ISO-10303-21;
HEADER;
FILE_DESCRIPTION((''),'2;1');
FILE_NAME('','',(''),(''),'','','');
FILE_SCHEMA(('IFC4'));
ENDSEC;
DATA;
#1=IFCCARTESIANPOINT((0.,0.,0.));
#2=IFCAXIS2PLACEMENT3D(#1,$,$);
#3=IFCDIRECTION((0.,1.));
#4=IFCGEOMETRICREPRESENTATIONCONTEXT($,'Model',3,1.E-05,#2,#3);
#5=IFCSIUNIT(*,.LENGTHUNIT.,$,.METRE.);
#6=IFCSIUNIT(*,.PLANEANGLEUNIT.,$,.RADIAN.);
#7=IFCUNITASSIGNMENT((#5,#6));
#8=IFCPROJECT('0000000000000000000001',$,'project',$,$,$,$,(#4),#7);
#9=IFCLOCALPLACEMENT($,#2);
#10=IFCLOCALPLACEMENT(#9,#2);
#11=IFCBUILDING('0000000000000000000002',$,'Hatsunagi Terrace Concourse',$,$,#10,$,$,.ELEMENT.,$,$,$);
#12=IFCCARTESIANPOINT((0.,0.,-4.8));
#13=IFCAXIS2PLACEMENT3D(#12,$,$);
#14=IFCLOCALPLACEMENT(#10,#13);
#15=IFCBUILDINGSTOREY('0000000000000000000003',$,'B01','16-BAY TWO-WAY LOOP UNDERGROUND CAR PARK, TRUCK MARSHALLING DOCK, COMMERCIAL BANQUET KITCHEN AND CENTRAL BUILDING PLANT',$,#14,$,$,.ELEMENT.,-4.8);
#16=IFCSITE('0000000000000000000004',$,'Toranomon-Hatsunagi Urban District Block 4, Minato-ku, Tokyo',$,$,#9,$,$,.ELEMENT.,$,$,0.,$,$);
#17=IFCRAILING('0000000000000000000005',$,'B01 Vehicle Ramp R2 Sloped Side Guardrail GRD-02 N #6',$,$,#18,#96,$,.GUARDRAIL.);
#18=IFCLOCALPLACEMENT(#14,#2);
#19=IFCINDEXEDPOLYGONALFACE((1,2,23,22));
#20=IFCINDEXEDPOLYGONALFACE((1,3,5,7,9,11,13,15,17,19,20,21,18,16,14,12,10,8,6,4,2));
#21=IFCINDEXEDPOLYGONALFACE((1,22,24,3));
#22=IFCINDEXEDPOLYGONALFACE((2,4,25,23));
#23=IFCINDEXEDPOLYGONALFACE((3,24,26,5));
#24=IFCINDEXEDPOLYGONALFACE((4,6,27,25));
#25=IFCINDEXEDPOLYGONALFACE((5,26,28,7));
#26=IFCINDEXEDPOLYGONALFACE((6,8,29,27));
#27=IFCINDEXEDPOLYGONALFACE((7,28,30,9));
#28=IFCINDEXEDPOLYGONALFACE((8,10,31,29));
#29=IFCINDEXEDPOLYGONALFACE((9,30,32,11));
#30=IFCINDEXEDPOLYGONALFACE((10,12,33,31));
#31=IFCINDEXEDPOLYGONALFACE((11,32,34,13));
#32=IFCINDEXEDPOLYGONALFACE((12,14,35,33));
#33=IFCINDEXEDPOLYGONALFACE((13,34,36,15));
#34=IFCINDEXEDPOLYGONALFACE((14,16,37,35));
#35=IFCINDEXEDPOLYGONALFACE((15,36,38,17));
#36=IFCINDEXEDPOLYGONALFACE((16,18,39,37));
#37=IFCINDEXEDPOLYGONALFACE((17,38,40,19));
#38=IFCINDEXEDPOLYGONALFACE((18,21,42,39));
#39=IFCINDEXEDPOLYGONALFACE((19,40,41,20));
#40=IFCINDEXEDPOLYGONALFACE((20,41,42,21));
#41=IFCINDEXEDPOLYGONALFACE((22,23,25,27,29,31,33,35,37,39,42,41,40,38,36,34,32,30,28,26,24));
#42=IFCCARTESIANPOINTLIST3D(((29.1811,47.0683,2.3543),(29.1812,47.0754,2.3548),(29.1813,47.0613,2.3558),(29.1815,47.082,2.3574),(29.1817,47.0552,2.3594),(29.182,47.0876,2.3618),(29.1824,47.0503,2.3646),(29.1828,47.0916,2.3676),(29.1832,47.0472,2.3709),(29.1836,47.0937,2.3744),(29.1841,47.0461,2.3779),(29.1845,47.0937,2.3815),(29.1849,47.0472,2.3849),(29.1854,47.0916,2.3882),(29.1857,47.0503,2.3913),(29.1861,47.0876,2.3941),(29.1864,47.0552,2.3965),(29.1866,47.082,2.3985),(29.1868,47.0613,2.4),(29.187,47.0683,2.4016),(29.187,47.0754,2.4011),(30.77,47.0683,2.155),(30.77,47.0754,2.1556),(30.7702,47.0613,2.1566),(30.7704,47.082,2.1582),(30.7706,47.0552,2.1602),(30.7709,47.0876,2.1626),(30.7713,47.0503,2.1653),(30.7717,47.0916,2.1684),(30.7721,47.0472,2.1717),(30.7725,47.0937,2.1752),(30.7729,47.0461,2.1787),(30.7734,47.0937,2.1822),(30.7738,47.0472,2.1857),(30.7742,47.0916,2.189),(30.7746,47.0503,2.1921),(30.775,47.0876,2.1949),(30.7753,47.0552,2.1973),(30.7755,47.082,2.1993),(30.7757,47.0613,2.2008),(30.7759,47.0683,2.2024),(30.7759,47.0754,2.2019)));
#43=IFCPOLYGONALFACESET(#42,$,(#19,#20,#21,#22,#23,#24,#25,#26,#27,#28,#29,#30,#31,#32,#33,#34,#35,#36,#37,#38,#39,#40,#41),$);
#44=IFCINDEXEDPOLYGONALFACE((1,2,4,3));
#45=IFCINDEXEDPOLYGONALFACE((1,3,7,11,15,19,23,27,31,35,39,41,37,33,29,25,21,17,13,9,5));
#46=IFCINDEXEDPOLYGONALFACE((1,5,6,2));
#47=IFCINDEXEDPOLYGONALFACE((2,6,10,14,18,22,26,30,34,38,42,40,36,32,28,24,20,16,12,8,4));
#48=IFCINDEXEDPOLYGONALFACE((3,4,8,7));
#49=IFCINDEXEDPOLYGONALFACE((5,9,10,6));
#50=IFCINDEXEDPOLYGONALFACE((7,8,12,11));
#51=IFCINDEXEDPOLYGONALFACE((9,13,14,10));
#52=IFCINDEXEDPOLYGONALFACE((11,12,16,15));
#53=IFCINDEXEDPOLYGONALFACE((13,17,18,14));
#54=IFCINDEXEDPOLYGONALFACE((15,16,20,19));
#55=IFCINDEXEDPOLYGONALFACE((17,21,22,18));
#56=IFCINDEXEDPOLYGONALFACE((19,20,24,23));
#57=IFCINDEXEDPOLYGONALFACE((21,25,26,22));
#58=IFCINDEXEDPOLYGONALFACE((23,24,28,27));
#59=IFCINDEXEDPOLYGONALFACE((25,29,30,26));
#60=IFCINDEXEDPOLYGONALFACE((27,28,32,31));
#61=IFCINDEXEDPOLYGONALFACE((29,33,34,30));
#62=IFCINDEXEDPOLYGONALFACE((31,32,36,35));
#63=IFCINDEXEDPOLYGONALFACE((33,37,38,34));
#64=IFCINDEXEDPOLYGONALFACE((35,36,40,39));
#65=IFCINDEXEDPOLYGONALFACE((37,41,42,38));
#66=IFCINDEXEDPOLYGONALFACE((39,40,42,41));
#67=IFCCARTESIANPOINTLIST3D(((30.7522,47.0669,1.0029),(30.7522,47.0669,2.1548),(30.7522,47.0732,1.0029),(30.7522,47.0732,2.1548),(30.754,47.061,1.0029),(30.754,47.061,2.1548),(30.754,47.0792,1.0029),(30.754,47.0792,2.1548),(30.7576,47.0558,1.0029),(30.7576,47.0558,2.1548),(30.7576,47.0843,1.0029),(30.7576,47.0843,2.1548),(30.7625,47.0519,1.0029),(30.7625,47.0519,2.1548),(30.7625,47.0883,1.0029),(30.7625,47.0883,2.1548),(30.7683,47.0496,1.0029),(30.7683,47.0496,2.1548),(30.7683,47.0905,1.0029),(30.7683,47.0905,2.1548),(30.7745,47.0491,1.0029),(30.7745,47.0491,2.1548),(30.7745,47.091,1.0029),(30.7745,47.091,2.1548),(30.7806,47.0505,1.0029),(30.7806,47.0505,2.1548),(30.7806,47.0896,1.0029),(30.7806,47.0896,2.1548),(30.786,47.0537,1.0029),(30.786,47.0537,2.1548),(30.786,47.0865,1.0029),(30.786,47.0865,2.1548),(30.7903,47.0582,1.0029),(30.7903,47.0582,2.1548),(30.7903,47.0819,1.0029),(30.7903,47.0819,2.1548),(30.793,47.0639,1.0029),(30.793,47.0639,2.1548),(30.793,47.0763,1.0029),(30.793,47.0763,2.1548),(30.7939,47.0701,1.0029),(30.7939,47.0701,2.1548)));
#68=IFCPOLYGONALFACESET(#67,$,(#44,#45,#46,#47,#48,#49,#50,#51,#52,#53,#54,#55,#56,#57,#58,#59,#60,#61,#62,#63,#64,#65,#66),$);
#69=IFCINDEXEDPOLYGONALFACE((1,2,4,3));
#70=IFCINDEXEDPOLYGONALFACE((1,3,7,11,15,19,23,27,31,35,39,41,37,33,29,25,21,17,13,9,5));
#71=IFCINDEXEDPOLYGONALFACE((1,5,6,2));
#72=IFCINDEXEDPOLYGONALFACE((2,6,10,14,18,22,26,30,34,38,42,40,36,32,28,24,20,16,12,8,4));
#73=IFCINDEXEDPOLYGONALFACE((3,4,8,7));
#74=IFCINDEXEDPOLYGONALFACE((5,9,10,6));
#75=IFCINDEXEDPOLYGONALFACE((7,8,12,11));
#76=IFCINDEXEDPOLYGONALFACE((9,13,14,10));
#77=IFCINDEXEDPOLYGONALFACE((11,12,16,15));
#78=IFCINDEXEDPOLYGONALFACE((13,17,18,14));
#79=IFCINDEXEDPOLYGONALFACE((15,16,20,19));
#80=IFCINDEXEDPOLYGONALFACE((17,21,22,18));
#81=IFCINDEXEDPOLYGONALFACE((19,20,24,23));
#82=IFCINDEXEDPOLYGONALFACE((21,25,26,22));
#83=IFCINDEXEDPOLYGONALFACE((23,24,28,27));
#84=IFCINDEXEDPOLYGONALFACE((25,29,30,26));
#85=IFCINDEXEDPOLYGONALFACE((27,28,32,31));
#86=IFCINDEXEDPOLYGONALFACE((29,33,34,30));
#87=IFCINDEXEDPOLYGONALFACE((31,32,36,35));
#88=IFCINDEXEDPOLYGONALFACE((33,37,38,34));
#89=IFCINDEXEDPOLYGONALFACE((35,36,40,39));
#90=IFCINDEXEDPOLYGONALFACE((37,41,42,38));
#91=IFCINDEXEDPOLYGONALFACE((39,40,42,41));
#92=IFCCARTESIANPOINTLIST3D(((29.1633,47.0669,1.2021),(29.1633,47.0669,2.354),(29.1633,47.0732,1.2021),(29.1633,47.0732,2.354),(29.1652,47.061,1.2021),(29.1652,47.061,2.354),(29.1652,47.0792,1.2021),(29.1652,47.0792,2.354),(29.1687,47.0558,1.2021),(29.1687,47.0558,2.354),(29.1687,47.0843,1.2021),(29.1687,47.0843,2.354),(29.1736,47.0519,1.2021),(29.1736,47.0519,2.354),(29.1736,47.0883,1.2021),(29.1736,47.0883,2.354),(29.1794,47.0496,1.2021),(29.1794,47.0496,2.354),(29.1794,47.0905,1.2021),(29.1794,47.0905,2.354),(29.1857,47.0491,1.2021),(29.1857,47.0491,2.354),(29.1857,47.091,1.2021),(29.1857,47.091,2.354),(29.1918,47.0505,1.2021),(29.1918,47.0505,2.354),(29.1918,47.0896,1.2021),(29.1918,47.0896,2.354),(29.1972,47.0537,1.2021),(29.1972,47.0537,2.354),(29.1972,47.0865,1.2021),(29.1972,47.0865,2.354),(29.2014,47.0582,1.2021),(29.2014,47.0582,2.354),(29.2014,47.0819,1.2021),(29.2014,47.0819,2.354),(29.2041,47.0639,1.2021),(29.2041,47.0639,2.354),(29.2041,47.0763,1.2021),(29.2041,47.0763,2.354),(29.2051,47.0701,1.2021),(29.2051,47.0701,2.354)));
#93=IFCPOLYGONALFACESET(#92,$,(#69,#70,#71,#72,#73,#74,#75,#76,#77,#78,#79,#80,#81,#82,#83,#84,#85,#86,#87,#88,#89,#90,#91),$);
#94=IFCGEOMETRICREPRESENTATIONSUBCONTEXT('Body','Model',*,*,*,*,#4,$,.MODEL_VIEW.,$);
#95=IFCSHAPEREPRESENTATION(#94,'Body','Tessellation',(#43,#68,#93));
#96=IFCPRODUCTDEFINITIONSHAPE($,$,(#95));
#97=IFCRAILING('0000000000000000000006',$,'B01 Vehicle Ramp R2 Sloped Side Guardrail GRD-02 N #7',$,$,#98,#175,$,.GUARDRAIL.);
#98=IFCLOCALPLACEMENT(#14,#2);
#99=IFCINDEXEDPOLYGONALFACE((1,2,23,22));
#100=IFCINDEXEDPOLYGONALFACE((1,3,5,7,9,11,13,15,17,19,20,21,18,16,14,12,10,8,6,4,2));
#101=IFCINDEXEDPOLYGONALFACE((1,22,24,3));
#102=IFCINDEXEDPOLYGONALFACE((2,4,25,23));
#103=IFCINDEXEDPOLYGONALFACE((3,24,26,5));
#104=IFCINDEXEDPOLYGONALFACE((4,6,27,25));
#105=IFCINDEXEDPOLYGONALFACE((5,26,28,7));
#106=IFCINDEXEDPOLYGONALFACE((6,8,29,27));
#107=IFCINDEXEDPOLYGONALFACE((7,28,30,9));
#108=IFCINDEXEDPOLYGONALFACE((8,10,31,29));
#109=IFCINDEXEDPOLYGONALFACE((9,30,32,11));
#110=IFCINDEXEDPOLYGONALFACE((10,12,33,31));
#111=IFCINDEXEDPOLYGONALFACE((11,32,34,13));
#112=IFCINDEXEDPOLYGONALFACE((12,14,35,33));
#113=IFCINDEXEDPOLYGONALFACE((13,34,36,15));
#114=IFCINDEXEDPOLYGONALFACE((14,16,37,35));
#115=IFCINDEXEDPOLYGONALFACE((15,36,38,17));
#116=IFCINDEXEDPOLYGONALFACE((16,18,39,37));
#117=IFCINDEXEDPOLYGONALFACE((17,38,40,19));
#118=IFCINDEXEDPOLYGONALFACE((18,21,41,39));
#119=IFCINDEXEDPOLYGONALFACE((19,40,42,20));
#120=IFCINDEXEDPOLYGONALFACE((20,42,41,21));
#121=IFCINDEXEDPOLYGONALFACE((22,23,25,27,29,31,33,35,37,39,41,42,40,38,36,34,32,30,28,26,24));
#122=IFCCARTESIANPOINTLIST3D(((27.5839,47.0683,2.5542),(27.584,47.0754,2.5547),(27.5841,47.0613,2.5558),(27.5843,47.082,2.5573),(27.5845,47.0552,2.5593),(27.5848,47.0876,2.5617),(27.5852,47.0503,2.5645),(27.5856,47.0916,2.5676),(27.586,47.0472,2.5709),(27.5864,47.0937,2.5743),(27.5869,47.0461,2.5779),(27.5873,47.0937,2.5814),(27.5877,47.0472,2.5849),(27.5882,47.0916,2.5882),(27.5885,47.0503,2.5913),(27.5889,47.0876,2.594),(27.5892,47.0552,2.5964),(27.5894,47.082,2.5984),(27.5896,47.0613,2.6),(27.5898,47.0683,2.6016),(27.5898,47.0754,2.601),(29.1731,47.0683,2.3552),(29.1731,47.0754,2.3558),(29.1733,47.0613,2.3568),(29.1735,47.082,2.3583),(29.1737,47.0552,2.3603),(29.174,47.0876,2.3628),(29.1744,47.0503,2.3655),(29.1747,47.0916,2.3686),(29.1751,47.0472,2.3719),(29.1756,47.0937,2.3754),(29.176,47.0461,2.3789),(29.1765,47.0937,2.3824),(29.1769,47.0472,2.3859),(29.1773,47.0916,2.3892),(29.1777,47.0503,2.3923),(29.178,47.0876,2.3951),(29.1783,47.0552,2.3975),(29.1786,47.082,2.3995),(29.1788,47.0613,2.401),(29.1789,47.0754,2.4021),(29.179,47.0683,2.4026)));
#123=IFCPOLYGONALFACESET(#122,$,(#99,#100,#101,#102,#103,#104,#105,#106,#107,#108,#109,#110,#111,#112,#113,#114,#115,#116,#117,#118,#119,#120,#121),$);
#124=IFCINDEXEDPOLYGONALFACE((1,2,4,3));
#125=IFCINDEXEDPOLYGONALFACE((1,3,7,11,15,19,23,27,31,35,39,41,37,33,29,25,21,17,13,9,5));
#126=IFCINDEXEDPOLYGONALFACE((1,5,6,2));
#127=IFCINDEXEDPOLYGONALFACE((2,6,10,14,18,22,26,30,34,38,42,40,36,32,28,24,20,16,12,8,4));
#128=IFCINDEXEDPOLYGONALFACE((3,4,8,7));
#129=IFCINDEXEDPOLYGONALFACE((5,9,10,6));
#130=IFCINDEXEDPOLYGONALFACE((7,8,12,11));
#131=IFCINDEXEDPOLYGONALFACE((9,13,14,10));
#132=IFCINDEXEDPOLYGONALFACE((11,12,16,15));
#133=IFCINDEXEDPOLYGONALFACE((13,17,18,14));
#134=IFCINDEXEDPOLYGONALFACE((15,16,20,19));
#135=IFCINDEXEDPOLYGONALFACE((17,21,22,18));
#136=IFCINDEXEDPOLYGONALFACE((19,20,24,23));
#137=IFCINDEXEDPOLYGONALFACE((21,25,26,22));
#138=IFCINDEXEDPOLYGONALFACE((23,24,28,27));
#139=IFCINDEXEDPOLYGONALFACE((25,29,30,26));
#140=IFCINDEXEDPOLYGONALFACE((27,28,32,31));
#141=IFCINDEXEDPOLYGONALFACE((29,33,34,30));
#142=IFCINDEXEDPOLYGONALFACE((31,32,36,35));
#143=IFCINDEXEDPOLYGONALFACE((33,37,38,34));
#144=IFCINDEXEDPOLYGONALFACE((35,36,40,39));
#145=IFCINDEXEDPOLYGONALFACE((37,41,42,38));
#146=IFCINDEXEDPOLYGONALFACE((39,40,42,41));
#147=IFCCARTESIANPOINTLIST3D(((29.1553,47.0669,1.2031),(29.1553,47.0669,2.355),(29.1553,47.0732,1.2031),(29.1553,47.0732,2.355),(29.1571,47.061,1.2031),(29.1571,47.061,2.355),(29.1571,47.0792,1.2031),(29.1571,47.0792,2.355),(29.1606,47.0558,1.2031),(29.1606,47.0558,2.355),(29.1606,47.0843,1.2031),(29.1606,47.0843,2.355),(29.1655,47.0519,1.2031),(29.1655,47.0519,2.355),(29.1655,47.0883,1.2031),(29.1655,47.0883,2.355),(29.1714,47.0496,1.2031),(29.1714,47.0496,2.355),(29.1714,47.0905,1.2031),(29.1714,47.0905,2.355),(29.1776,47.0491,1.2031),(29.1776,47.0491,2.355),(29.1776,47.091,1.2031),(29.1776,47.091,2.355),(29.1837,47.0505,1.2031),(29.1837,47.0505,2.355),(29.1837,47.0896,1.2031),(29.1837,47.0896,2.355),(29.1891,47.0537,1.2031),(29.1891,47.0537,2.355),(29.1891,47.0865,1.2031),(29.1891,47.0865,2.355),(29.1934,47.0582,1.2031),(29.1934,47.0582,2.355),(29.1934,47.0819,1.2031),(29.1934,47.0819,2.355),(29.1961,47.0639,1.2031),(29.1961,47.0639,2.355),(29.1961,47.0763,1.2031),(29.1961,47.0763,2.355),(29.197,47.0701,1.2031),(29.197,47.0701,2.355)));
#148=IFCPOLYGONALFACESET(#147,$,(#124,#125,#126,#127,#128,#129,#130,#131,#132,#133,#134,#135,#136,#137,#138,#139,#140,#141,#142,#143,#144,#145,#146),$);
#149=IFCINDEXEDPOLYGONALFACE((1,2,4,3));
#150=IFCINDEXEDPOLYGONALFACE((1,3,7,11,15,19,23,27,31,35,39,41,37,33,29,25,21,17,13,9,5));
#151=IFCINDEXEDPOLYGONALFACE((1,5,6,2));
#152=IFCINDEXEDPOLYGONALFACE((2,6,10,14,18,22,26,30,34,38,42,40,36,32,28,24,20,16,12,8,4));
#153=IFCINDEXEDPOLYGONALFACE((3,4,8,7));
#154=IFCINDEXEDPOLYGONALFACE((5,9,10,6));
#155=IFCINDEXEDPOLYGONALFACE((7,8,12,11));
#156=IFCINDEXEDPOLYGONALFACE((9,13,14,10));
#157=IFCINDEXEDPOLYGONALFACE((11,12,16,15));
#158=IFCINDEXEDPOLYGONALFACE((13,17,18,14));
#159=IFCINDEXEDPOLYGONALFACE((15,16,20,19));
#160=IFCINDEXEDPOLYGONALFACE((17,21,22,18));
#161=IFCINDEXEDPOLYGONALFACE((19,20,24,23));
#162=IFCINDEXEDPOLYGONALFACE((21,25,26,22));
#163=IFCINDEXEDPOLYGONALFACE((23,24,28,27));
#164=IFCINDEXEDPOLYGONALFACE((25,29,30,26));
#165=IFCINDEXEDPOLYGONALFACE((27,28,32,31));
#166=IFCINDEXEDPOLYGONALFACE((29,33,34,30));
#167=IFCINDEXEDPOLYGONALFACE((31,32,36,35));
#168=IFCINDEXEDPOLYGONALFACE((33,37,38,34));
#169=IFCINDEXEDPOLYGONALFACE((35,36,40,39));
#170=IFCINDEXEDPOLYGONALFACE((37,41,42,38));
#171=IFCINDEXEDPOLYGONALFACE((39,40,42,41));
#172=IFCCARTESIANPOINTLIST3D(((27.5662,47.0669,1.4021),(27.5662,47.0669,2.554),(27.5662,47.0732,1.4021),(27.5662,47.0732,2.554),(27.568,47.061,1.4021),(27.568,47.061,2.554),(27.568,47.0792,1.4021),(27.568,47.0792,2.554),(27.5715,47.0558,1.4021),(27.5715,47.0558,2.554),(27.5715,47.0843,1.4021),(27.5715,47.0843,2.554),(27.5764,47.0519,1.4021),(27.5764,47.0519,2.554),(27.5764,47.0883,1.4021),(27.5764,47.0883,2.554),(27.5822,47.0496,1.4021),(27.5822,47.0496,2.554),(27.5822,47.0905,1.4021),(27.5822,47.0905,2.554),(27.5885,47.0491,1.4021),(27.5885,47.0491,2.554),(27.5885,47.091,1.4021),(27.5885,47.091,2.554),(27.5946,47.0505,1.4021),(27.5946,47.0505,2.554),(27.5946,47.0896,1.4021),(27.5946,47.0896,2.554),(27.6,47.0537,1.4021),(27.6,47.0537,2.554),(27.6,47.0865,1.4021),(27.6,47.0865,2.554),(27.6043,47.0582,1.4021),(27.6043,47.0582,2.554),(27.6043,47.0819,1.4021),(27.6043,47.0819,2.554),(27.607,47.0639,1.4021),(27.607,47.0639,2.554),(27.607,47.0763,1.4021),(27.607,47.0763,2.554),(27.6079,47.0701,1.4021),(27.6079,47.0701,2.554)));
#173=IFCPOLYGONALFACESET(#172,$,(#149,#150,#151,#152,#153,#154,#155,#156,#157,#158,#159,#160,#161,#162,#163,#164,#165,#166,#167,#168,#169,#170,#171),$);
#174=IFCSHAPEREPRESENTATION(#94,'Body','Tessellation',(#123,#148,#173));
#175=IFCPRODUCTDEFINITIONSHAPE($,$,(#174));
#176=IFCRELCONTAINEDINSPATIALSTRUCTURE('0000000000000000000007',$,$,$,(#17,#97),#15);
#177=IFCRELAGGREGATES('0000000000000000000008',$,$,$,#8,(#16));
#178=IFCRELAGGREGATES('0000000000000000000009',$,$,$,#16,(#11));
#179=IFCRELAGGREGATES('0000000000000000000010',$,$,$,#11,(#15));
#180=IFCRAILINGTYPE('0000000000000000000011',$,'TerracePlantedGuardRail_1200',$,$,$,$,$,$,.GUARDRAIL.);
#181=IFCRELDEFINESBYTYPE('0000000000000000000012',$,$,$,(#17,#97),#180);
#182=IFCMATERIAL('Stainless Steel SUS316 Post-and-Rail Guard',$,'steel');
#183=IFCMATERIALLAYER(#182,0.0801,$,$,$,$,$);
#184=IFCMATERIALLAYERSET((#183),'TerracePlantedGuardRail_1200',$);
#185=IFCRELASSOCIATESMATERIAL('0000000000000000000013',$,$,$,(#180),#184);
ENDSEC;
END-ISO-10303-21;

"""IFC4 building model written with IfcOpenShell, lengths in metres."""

from ifc_helpers import new_model, si_unit, direction, frame, origin, origin_2d, place, context, subcontext, project, spatial, circle, extrude, material, layer, layer_set, type_object, element, save


model = new_model("IFC4")

# Units and contexts
model_context = context("Model", 3, precision=1e-05, world=origin(), true_north=direction((0.0, 1.0)))
body_context = subcontext(model_context, "Body", "Model", "MODEL_VIEW")
ifc_project = project(units=[si_unit("LENGTHUNIT", "METRE"), si_unit("PLANEANGLEUNIT", "RADIAN")], contexts=[model_context])

# Site, building, storey
site_placement = place(None, origin())
site = spatial("IfcSite", under=ifc_project, at=site_placement, Name="Toranomon-Hatsunagi Urban District Block 4, Minato-ku, Tokyo", CompositionType="ELEMENT", RefElevation=0.0)
building_placement = place(site_placement, origin())
building = spatial("IfcBuilding", under=site, at=building_placement, Name="Hatsunagi Terrace Concourse", CompositionType="ELEMENT")
storey_placement = place(building_placement, frame((0.0, 0.0, -4.8)))
storey = spatial("IfcBuildingStorey", under=building, at=storey_placement, Name="B01", Description="16-BAY TWO-WAY LOOP UNDERGROUND CAR PARK, TRUCK MARSHALLING DOCK, COMMERCIAL BANQUET KITCHEN AND CENTRAL BUILDING PLANT", CompositionType="ELEMENT", Elevation=-4.8)

# Railings
ifc_material_1 = material(Name="Stainless Steel SUS316 Post-and-Rail Guard", Category="steel")
ifc_layer = layer(ifc_material_1, 0.0801)
ifc_layer_set = layer_set([ifc_layer], Name="TerracePlantedGuardRail_1200")
railing_type = type_object("IfcRailingType", Name="TerracePlantedGuardRail_1200", PredefinedType="GUARDRAIL", material=ifc_layer_set)
railing_1_placement = place(storey_placement, frame((30.7729, 47.0701, 1.0029)))
element("IfcRailing", 1, at=railing_1_placement, inside=storey, type_object=railing_type, Name="B01 Vehicle Ramp R2 Sloped Side Guardrail GRD-02 N #6", PredefinedType="GUARDRAIL", context=body_context, shape_type="SweptSolid", body=[
    extrude(circle(Radius=0.0239, at=origin_2d()), frame((0.0, 0.0, 1.1758), z_axis=(-0.992231, 0.0, 0.12441), x_axis=(0.0, -1.0, 0.0)), (0.0, 0.0, 1.0), 1.6013),
    extrude(circle(Radius=0.021, at=origin_2d()), origin(), (0.0, 0.0, 1.0), 1.1519),
    extrude(circle(Radius=0.021, at=origin_2d()), frame((-1.5889, 0.0, 0.1992)), (0.0, 0.0, 1.0), 1.1519),
])
railing_2_placement = place(storey_placement, frame((29.176, 47.0701, 1.2031)))
element("IfcRailing", 2, at=railing_2_placement, inside=storey, type_object=railing_type, Name="B01 Vehicle Ramp R2 Sloped Side Guardrail GRD-02 N #7", PredefinedType="GUARDRAIL", context=body_context, shape_type="SweptSolid", body=[
    extrude(circle(Radius=0.0239, at=origin_2d()), frame((0.0, 0.0, 1.1758), z_axis=(-0.992252, 0.0, 0.124241), x_axis=(0.0, -1.0, 0.0)), (0.0, 0.0, 1.0), 1.6016),
    extrude(circle(Radius=0.021, at=origin_2d()), origin(), (0.0, 0.0, 1.0), 1.1519),
    extrude(circle(Radius=0.021, at=origin_2d()), frame((-1.5891, 0.0, 0.199)), (0.0, 0.0, 1.0), 1.1519),
])

save(model, "model.ifc")
